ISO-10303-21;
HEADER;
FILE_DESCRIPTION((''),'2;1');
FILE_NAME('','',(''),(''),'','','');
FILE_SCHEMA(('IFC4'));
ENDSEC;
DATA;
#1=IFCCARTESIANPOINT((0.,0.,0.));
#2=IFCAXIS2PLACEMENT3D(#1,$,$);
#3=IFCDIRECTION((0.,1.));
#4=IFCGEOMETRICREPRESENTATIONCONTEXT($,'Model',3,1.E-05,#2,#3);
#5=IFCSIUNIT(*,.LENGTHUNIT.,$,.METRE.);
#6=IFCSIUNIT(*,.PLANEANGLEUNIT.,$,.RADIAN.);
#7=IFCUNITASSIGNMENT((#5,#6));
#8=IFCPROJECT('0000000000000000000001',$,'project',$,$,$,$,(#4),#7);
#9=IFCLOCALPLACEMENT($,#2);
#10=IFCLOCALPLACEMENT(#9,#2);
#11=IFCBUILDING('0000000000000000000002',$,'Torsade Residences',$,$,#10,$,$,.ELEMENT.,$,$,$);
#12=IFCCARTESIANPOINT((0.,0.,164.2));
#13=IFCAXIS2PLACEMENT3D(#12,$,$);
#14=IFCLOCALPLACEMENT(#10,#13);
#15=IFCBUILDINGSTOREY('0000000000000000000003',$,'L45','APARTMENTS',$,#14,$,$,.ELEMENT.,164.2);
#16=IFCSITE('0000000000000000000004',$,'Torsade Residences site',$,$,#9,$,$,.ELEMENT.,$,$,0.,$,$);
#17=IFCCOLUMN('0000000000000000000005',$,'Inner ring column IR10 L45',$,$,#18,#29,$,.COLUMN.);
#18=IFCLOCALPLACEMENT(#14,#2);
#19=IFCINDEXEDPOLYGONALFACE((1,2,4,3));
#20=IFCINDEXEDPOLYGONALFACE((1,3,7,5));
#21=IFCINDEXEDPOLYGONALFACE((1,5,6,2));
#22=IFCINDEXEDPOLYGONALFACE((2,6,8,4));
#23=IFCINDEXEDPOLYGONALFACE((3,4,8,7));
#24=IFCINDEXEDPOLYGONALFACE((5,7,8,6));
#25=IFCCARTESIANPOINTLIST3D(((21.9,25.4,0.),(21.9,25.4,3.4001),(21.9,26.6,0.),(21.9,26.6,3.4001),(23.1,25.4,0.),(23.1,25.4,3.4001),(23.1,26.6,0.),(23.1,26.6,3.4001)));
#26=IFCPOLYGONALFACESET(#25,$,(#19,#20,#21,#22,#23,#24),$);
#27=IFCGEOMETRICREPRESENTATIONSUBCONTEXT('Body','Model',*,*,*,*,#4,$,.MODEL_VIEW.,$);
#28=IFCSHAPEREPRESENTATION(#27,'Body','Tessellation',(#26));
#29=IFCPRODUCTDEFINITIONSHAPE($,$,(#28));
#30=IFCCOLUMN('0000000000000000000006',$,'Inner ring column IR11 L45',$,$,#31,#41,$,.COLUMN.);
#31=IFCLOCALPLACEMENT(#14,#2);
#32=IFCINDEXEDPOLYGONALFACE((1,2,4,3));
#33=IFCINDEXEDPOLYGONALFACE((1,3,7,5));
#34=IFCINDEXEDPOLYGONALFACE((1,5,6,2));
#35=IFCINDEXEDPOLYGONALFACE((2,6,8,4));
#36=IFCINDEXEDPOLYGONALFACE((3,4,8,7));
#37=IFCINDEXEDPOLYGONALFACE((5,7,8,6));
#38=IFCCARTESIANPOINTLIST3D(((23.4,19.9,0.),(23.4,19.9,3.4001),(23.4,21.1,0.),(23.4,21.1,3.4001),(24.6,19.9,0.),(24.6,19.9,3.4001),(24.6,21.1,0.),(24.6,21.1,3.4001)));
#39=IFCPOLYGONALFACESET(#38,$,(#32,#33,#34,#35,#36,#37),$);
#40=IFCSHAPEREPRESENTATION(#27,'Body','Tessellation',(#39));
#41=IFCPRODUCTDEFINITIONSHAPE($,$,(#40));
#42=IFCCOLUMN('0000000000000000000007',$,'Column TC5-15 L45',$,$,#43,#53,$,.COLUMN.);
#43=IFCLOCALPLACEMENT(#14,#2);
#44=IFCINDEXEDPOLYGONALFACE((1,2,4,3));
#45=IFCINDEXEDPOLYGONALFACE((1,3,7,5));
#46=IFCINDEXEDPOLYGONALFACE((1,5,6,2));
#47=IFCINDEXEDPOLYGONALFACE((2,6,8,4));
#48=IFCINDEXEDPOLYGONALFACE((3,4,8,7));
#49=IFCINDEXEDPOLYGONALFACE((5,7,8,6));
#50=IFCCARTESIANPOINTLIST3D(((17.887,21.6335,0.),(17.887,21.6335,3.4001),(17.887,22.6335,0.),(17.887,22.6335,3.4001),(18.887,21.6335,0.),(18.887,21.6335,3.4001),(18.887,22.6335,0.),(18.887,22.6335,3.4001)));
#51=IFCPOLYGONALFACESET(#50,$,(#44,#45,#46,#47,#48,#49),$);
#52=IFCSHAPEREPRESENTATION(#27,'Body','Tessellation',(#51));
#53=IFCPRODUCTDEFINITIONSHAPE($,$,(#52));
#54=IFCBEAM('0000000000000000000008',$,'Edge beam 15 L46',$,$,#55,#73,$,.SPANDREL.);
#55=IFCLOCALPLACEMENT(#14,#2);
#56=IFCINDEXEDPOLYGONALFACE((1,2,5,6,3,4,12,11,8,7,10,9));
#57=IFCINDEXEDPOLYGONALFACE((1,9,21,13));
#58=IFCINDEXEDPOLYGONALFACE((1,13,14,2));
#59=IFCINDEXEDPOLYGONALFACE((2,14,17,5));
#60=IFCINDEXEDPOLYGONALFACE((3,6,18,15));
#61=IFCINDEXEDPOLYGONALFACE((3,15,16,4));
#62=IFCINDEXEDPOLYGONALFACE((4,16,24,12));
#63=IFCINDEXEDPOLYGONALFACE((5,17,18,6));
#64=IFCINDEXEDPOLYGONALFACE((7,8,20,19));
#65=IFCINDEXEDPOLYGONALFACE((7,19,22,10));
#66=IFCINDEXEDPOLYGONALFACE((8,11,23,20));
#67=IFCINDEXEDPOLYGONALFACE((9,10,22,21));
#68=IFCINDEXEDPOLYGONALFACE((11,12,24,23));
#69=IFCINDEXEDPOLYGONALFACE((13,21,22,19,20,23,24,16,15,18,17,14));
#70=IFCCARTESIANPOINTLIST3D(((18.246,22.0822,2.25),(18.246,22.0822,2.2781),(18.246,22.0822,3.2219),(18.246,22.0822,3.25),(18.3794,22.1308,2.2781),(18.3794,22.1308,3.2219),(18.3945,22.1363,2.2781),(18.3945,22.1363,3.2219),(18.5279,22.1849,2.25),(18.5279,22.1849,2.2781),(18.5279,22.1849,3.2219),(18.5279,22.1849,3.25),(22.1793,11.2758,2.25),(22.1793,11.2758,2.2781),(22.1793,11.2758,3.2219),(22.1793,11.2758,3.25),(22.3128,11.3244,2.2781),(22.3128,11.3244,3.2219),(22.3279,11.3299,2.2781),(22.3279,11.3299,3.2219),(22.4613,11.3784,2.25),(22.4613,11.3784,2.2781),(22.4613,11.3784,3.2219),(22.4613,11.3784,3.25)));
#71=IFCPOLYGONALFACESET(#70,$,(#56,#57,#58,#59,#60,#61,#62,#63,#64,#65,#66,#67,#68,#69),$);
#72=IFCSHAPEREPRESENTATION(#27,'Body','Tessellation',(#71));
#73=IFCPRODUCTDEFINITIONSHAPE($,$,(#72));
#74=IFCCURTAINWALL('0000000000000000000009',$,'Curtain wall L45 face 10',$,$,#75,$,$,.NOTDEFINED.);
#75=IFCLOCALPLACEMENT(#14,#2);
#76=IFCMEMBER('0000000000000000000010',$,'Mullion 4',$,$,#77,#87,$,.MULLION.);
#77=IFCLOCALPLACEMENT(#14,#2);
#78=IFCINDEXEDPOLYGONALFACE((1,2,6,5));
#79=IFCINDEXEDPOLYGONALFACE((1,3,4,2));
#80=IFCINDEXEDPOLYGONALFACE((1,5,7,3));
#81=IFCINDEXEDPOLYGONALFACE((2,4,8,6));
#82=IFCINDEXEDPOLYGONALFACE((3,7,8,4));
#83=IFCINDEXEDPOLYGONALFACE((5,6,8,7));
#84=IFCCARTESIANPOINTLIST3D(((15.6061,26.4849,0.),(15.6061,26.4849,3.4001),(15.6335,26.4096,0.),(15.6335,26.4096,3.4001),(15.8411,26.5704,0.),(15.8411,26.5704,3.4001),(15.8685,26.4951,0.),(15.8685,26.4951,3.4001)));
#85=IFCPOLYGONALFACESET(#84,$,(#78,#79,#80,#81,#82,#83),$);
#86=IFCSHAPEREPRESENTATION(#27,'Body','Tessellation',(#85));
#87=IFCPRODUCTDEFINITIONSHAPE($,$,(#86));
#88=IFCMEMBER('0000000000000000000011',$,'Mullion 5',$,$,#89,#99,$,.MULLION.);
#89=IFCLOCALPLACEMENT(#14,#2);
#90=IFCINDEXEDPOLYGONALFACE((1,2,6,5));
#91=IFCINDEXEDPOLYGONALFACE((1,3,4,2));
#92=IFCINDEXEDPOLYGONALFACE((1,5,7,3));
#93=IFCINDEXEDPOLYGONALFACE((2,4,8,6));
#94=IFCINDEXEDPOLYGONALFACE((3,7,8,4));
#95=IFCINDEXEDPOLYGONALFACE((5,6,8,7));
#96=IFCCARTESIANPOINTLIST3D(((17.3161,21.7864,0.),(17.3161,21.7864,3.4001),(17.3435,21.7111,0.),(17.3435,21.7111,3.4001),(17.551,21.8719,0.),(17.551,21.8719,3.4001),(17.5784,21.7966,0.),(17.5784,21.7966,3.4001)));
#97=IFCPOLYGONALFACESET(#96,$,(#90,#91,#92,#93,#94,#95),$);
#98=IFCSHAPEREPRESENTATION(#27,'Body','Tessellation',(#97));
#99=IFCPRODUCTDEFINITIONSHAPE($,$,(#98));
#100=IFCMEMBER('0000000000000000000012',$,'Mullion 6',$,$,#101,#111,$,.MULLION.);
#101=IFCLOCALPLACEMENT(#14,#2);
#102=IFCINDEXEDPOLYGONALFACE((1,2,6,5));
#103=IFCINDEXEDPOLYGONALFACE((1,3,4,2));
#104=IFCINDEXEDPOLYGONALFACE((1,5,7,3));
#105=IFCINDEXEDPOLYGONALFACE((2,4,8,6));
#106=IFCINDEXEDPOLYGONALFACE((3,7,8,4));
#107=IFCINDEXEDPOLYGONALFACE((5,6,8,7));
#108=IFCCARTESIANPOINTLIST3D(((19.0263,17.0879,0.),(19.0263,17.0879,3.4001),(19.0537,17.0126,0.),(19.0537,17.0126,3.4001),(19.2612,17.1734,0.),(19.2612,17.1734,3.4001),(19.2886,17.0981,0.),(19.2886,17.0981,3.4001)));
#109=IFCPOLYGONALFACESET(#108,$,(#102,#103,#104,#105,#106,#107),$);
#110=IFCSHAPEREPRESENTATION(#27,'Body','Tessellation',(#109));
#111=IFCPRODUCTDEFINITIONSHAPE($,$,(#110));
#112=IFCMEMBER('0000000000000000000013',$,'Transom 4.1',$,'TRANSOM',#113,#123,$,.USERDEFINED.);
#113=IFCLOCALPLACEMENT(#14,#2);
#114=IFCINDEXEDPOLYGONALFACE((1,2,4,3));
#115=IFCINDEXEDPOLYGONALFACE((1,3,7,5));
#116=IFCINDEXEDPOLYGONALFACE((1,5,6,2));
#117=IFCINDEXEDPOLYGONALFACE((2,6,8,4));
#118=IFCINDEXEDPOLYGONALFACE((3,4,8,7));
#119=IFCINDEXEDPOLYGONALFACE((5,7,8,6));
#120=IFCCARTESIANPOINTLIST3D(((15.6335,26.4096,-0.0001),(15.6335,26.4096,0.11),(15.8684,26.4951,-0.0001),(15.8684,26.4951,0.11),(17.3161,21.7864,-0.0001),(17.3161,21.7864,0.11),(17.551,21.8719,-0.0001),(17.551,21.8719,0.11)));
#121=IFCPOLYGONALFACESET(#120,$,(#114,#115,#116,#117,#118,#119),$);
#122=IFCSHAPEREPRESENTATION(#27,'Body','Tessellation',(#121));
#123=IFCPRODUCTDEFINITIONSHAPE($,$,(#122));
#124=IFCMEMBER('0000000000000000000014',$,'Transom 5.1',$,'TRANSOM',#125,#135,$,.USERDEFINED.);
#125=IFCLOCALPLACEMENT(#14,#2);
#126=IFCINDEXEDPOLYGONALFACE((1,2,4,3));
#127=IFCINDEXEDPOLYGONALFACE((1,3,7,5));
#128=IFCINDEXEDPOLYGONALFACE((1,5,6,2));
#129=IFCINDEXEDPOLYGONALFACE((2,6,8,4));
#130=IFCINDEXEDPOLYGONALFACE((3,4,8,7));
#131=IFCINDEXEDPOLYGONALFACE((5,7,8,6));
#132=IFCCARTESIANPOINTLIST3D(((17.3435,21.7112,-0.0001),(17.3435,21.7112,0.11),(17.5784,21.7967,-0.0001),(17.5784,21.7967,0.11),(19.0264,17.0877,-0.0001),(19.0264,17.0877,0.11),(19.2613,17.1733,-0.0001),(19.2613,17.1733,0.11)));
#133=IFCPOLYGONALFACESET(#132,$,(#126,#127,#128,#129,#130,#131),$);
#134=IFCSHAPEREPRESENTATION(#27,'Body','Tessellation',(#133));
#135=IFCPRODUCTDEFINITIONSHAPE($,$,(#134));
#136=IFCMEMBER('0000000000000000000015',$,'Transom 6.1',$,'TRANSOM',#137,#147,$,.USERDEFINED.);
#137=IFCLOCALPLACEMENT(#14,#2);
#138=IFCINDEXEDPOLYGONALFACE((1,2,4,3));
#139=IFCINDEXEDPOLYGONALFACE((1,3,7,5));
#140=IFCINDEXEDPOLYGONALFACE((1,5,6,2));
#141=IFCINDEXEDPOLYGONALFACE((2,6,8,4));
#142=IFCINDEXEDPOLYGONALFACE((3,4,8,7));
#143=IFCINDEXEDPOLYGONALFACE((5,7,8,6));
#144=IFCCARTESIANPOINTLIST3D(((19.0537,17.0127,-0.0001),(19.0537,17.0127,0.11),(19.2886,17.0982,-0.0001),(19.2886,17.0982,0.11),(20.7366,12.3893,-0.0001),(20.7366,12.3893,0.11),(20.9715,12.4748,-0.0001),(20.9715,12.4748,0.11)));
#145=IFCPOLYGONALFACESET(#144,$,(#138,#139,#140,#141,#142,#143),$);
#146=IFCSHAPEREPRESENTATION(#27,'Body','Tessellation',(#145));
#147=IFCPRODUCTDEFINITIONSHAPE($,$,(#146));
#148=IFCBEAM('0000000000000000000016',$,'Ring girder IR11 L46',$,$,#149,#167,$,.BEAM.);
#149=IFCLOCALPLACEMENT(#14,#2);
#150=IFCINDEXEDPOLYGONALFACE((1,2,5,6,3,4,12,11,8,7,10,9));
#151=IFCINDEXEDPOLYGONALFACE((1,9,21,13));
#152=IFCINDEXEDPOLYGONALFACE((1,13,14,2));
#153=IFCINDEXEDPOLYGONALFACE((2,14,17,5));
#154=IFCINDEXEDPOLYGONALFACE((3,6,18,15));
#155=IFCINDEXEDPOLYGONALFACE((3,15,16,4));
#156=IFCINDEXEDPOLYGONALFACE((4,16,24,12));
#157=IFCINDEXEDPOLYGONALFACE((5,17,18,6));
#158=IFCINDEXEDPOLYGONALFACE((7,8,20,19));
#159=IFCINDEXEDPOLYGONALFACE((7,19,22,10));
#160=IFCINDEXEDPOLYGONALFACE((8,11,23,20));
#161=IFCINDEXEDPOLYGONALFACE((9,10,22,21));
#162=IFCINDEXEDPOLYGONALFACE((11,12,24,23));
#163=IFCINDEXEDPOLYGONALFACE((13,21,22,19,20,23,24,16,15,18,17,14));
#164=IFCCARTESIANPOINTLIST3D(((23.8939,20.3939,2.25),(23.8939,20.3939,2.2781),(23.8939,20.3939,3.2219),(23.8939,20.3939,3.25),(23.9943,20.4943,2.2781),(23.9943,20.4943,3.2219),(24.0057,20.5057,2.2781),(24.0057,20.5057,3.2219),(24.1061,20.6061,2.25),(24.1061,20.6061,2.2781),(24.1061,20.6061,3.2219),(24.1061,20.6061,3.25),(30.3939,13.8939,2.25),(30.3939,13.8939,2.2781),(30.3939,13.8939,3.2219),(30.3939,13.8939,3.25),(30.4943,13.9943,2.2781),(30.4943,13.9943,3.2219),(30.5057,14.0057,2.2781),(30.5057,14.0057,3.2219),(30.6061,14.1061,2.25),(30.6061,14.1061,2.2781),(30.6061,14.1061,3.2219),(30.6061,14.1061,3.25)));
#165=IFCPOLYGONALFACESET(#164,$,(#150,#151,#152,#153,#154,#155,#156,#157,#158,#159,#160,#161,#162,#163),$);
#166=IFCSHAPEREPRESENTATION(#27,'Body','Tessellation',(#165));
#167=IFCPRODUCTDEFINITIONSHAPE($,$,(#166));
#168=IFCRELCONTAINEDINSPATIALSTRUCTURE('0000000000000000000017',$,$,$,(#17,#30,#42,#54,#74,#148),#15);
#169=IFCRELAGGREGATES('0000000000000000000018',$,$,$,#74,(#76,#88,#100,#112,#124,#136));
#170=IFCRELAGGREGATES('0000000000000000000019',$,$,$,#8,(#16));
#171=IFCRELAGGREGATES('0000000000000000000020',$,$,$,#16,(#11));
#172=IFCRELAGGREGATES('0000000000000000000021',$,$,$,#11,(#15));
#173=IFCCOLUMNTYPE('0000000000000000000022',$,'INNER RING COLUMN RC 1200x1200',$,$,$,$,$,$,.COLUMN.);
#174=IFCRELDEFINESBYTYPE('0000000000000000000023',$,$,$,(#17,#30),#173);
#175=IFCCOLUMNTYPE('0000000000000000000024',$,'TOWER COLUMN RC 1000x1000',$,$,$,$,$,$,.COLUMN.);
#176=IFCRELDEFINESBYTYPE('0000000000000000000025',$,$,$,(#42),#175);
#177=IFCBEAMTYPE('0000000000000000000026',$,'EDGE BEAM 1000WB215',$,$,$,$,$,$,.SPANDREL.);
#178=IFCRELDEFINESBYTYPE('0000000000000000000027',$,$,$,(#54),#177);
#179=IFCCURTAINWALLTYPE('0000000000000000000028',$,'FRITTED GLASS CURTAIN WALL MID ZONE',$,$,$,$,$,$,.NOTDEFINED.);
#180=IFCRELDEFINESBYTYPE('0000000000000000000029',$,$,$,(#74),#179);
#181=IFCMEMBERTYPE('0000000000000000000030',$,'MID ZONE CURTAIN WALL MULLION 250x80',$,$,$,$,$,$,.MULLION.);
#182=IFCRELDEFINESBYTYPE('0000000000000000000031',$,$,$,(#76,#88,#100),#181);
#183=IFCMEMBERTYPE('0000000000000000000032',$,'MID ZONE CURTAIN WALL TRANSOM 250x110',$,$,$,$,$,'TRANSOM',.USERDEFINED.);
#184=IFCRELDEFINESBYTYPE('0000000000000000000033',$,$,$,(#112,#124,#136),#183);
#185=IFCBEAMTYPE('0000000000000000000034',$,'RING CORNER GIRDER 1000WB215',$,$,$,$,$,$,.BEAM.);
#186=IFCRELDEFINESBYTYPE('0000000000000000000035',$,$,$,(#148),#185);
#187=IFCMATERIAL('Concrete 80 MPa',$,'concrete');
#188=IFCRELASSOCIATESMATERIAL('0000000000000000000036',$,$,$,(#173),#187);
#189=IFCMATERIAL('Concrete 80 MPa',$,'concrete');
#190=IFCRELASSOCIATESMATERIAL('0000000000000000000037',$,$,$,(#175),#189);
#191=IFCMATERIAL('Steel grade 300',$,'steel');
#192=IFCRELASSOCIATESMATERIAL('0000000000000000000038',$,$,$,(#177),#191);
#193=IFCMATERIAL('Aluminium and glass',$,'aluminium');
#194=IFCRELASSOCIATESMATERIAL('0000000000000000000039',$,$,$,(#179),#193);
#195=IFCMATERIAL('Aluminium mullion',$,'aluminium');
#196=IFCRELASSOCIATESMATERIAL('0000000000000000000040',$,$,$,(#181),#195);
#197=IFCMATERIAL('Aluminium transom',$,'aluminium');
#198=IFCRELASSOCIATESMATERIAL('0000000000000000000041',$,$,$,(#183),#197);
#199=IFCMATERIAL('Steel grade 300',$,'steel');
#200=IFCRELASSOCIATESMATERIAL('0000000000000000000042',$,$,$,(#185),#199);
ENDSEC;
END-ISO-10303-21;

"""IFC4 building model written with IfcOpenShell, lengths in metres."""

from ifc_helpers import new_model, si_unit, direction, frame, origin, origin_2d, place, context, subcontext, project, spatial, rectangle, i_section, extrude, material, material_profile, profile_set, type_object, element, aggregate, save


model = new_model("IFC4")

# Units and contexts
model_context = context("Model", 3, precision=1e-05, world=origin(), true_north=direction((0.0, 1.0)))
body_context = subcontext(model_context, "Body", "Model", "MODEL_VIEW")
ifc_project = project(units=[si_unit("LENGTHUNIT", "METRE"), si_unit("PLANEANGLEUNIT", "RADIAN")], contexts=[model_context])

# Site, building, storey
site_placement = place(None, origin())
site = spatial("IfcSite", under=ifc_project, at=site_placement, Name="Torsade Residences site", CompositionType="ELEMENT", RefElevation=0.0)
building_placement = place(site_placement, origin())
building = spatial("IfcBuilding", under=site, at=building_placement, Name="Torsade Residences", CompositionType="ELEMENT")
storey_placement = place(building_placement, frame((0.0, 0.0, 164.2)))
storey = spatial("IfcBuildingStorey", under=building, at=storey_placement, Name="L45", Description="APARTMENTS", CompositionType="ELEMENT", Elevation=164.2)

# Columns
ifc_material_1 = material(Name="Concrete 80 MPa", Category="concrete")
ifc_material_profile_1 = material_profile(ifc_material_1, rectangle(XDim=1.2, YDim=1.2, at=origin_2d()), Name="RC 1200x1200")
ifc_profile_set_1 = profile_set([ifc_material_profile_1], Name="Concrete 80 MPa")
column_type_1 = type_object("IfcColumnType", Name="INNER RING COLUMN RC 1200x1200", PredefinedType="COLUMN", material=ifc_profile_set_1)
for number, where, z_axis, x_axis, name in (
    (1, (22.5, 26.0, 0.0), (0.0, 0.0, 1.0), (1.0, 0.0, 0.0), "Inner ring column IR10 L45"),
    (2, (24.0, 20.5, 0.0), (0.0, 0.0, 1.0), (1.0, 0.0, 0.0), "Inner ring column IR11 L45"),
):
    element("IfcColumn", number, at=place(storey_placement, frame(where, z_axis=z_axis, x_axis=x_axis)), inside=storey, type_object=column_type_1, Name=name, PredefinedType="COLUMN", context=body_context, shape_type="SweptSolid", body=[
        extrude(rectangle(XDim=1.2, YDim=1.2, at=origin_2d()), origin(), (0.0, 0.0, 1.0), 3.4001),
    ])
ifc_material_2 = material(Name="Concrete 80 MPa", Category="concrete")
ifc_material_profile_2 = material_profile(ifc_material_2, rectangle(XDim=1.0, YDim=1.0, at=origin_2d()), Name="RC 1000x1000")
ifc_profile_set_2 = profile_set([ifc_material_profile_2], Name="Concrete 80 MPa")
column_type_2 = type_object("IfcColumnType", Name="TOWER COLUMN RC 1000x1000", PredefinedType="COLUMN", material=ifc_profile_set_2)
column_placement = place(storey_placement, frame((18.387, 22.1335, 0.0), z_axis=(0.0, 0.0, 1.0), x_axis=(1.0, 0.0, 0.0)))
element("IfcColumn", 3, at=column_placement, inside=storey, type_object=column_type_2, Name="Column TC5-15 L45", PredefinedType="COLUMN", context=body_context, shape_type="SweptSolid", body=[
    extrude(rectangle(XDim=1.0, YDim=1.0, at=origin_2d()), origin(), (0.0, 0.0, 1.0), 3.4001),
])

# Beam
ifc_material_3 = material(Name="Steel grade 300", Category="steel")
ifc_material_profile_3 = material_profile(ifc_material_3, i_section(OverallWidth=0.3, OverallDepth=1.0, WebThickness=0.0161, FlangeThickness=0.0281, at=origin_2d()), Name="1000WB215")
ifc_profile_set_3 = profile_set([ifc_material_profile_3], Name="Steel grade 300")
beam_type_1 = type_object("IfcBeamType", Name="EDGE BEAM 1000WB215", PredefinedType="SPANDREL", material=ifc_profile_set_3)
beam_1_placement = place(storey_placement, frame((18.387, 22.1335, 2.75), z_axis=(0.342031, -0.939689, 0.0), x_axis=(0.939689, 0.342031, 0.0)))
element("IfcBeam", 4, at=beam_1_placement, inside=storey, type_object=beam_type_1, Name="Edge beam 15 L46", PredefinedType="SPANDREL", context=body_context, shape_type="SweptSolid", body=[
    extrude(i_section(OverallWidth=0.3, OverallDepth=1.0, WebThickness=0.0161, FlangeThickness=0.0281, at=origin_2d()), origin(), (0.0, 0.0, 1.0), 11.5),
])

# Curtain wall, members
ifc_material_4 = material(Name="Aluminium and glass", Category="aluminium")
curtain_wall_type = type_object("IfcCurtainWallType", Name="FRITTED GLASS CURTAIN WALL MID ZONE", PredefinedType="NOTDEFINED", material=ifc_material_4)
curtain_wall_placement = place(storey_placement, origin())
curtain_wall = element("IfcCurtainWall", 5, at=curtain_wall_placement, inside=storey, type_object=curtain_wall_type, Name="Curtain wall L45 face 10", PredefinedType="NOTDEFINED")
ifc_material_5 = material(Name="Aluminium mullion", Category="aluminium")
ifc_material_profile_4 = material_profile(ifc_material_5, rectangle(XDim=0.25, YDim=0.0801, at=origin_2d()), Name="MID ZONE CURTAIN WALL MULLION 250x80")
ifc_profile_set_4 = profile_set([ifc_material_profile_4], Name="Aluminium mullion")
member_type_1 = type_object("IfcMemberType", Name="MID ZONE CURTAIN WALL MULLION 250x80", PredefinedType="MULLION", material=ifc_profile_set_4)
member_1_placement = place(storey_placement, frame((15.7373, 26.49, 0.0), z_axis=(0.0, 0.0, 1.0), x_axis=(0.939693, 0.34202, 0.0)))
member_1 = element("IfcMember", 6, at=member_1_placement, type_object=member_type_1, Name="Mullion 4", PredefinedType="MULLION", context=body_context, shape_type="SweptSolid", body=[
    extrude(rectangle(XDim=0.25, YDim=0.0801, at=origin_2d()), origin(), (0.0, 0.0, 1.0), 3.4001),
])
member_2_placement = place(storey_placement, frame((17.4473, 21.7915, 0.0), z_axis=(0.0, 0.0, 1.0), x_axis=(0.939693, 0.34202, 0.0)))
member_2 = element("IfcMember", 7, at=member_2_placement, type_object=member_type_1, Name="Mullion 5", PredefinedType="MULLION", context=body_context, shape_type="SweptSolid", body=[
    extrude(rectangle(XDim=0.25, YDim=0.0801, at=origin_2d()), origin(), (0.0, 0.0, 1.0), 3.4001),
])
member_3_placement = place(storey_placement, frame((19.1575, 17.093, 0.0), z_axis=(0.0, 0.0, 1.0), x_axis=(0.939693, 0.34202, 0.0)))
member_3 = element("IfcMember", 8, at=member_3_placement, type_object=member_type_1, Name="Mullion 6", PredefinedType="MULLION", context=body_context, shape_type="SweptSolid", body=[
    extrude(rectangle(XDim=0.25, YDim=0.0801, at=origin_2d()), origin(), (0.0, 0.0, 1.0), 3.4001),
])
ifc_material_6 = material(Name="Aluminium transom", Category="aluminium")
ifc_material_profile_5 = material_profile(ifc_material_6, rectangle(XDim=0.25, YDim=0.1101, at=origin_2d()), Name="MID ZONE CURTAIN WALL TRANSOM 250x110")
ifc_profile_set_5 = profile_set([ifc_material_profile_5], Name="Aluminium transom")
member_type_2 = type_object("IfcMemberType", Name="MID ZONE CURTAIN WALL TRANSOM 250x110", ElementType="TRANSOM", PredefinedType="USERDEFINED", material=ifc_profile_set_5)
member_4_placement = place(storey_placement, frame((15.751, 26.4524, 0.0549), z_axis=(0.341998, -0.939701, 0.0), x_axis=(0.939701, 0.341998, 0.0)))
member_4 = element("IfcMember", 9, at=member_4_placement, type_object=member_type_2, Name="Transom 4.1", ObjectType="TRANSOM", PredefinedType="USERDEFINED", context=body_context, shape_type="SweptSolid", body=[
    extrude(rectangle(XDim=0.25, YDim=0.1101, at=origin_2d()), origin(), (0.0, 0.0, 1.0), 4.9199),
])
member_5_placement = place(storey_placement, frame((17.4609, 21.7539, 0.0549), z_axis=(0.342042, -0.939685, 0.0), x_axis=(0.939685, 0.342042, 0.0)))
member_5 = element("IfcMember", 10, at=member_5_placement, type_object=member_type_2, Name="Transom 5.1", ObjectType="TRANSOM", PredefinedType="USERDEFINED", context=body_context, shape_type="SweptSolid", body=[
    extrude(rectangle(XDim=0.25, YDim=0.1101, at=origin_2d()), origin(), (0.0, 0.0, 1.0), 4.9202),
])
member_6_placement = place(storey_placement, frame((19.1711, 17.0554, 0.0549), z_axis=(0.342042, -0.939685, 0.0), x_axis=(0.939685, 0.342042, 0.0)))
member_6 = element("IfcMember", 11, at=member_6_placement, type_object=member_type_2, Name="Transom 6.1", ObjectType="TRANSOM", PredefinedType="USERDEFINED", context=body_context, shape_type="SweptSolid", body=[
    extrude(rectangle(XDim=0.25, YDim=0.1101, at=origin_2d()), origin(), (0.0, 0.0, 1.0), 4.9202),
])

# Beam
ifc_material_7 = material(Name="Steel grade 300", Category="steel")
ifc_material_profile_6 = material_profile(ifc_material_7, i_section(OverallWidth=0.3, OverallDepth=1.0, WebThickness=0.0161, FlangeThickness=0.0281, at=origin_2d()), Name="1000WB215")
ifc_profile_set_6 = profile_set([ifc_material_profile_6], Name="Steel grade 300")
beam_type_2 = type_object("IfcBeamType", Name="RING CORNER GIRDER 1000WB215", PredefinedType="BEAM", material=ifc_profile_set_6)
beam_2_placement = place(storey_placement, frame((24.0, 20.5, 2.75), z_axis=(0.707107, -0.707107, 0.0), x_axis=(0.707107, 0.707107, 0.0)))
element("IfcBeam", 12, at=beam_2_placement, inside=storey, type_object=beam_type_2, Name="Ring girder IR11 L46", PredefinedType="BEAM", context=body_context, shape_type="SweptSolid", body=[
    extrude(i_section(OverallWidth=0.3, OverallDepth=1.0, WebThickness=0.0161, FlangeThickness=0.0281, at=origin_2d()), origin(), (0.0, 0.0, 1.0), 9.1924),
])

aggregate(curtain_wall, [member_1, member_2, member_3, member_4, member_5, member_6])

save(model, "model.ifc")
